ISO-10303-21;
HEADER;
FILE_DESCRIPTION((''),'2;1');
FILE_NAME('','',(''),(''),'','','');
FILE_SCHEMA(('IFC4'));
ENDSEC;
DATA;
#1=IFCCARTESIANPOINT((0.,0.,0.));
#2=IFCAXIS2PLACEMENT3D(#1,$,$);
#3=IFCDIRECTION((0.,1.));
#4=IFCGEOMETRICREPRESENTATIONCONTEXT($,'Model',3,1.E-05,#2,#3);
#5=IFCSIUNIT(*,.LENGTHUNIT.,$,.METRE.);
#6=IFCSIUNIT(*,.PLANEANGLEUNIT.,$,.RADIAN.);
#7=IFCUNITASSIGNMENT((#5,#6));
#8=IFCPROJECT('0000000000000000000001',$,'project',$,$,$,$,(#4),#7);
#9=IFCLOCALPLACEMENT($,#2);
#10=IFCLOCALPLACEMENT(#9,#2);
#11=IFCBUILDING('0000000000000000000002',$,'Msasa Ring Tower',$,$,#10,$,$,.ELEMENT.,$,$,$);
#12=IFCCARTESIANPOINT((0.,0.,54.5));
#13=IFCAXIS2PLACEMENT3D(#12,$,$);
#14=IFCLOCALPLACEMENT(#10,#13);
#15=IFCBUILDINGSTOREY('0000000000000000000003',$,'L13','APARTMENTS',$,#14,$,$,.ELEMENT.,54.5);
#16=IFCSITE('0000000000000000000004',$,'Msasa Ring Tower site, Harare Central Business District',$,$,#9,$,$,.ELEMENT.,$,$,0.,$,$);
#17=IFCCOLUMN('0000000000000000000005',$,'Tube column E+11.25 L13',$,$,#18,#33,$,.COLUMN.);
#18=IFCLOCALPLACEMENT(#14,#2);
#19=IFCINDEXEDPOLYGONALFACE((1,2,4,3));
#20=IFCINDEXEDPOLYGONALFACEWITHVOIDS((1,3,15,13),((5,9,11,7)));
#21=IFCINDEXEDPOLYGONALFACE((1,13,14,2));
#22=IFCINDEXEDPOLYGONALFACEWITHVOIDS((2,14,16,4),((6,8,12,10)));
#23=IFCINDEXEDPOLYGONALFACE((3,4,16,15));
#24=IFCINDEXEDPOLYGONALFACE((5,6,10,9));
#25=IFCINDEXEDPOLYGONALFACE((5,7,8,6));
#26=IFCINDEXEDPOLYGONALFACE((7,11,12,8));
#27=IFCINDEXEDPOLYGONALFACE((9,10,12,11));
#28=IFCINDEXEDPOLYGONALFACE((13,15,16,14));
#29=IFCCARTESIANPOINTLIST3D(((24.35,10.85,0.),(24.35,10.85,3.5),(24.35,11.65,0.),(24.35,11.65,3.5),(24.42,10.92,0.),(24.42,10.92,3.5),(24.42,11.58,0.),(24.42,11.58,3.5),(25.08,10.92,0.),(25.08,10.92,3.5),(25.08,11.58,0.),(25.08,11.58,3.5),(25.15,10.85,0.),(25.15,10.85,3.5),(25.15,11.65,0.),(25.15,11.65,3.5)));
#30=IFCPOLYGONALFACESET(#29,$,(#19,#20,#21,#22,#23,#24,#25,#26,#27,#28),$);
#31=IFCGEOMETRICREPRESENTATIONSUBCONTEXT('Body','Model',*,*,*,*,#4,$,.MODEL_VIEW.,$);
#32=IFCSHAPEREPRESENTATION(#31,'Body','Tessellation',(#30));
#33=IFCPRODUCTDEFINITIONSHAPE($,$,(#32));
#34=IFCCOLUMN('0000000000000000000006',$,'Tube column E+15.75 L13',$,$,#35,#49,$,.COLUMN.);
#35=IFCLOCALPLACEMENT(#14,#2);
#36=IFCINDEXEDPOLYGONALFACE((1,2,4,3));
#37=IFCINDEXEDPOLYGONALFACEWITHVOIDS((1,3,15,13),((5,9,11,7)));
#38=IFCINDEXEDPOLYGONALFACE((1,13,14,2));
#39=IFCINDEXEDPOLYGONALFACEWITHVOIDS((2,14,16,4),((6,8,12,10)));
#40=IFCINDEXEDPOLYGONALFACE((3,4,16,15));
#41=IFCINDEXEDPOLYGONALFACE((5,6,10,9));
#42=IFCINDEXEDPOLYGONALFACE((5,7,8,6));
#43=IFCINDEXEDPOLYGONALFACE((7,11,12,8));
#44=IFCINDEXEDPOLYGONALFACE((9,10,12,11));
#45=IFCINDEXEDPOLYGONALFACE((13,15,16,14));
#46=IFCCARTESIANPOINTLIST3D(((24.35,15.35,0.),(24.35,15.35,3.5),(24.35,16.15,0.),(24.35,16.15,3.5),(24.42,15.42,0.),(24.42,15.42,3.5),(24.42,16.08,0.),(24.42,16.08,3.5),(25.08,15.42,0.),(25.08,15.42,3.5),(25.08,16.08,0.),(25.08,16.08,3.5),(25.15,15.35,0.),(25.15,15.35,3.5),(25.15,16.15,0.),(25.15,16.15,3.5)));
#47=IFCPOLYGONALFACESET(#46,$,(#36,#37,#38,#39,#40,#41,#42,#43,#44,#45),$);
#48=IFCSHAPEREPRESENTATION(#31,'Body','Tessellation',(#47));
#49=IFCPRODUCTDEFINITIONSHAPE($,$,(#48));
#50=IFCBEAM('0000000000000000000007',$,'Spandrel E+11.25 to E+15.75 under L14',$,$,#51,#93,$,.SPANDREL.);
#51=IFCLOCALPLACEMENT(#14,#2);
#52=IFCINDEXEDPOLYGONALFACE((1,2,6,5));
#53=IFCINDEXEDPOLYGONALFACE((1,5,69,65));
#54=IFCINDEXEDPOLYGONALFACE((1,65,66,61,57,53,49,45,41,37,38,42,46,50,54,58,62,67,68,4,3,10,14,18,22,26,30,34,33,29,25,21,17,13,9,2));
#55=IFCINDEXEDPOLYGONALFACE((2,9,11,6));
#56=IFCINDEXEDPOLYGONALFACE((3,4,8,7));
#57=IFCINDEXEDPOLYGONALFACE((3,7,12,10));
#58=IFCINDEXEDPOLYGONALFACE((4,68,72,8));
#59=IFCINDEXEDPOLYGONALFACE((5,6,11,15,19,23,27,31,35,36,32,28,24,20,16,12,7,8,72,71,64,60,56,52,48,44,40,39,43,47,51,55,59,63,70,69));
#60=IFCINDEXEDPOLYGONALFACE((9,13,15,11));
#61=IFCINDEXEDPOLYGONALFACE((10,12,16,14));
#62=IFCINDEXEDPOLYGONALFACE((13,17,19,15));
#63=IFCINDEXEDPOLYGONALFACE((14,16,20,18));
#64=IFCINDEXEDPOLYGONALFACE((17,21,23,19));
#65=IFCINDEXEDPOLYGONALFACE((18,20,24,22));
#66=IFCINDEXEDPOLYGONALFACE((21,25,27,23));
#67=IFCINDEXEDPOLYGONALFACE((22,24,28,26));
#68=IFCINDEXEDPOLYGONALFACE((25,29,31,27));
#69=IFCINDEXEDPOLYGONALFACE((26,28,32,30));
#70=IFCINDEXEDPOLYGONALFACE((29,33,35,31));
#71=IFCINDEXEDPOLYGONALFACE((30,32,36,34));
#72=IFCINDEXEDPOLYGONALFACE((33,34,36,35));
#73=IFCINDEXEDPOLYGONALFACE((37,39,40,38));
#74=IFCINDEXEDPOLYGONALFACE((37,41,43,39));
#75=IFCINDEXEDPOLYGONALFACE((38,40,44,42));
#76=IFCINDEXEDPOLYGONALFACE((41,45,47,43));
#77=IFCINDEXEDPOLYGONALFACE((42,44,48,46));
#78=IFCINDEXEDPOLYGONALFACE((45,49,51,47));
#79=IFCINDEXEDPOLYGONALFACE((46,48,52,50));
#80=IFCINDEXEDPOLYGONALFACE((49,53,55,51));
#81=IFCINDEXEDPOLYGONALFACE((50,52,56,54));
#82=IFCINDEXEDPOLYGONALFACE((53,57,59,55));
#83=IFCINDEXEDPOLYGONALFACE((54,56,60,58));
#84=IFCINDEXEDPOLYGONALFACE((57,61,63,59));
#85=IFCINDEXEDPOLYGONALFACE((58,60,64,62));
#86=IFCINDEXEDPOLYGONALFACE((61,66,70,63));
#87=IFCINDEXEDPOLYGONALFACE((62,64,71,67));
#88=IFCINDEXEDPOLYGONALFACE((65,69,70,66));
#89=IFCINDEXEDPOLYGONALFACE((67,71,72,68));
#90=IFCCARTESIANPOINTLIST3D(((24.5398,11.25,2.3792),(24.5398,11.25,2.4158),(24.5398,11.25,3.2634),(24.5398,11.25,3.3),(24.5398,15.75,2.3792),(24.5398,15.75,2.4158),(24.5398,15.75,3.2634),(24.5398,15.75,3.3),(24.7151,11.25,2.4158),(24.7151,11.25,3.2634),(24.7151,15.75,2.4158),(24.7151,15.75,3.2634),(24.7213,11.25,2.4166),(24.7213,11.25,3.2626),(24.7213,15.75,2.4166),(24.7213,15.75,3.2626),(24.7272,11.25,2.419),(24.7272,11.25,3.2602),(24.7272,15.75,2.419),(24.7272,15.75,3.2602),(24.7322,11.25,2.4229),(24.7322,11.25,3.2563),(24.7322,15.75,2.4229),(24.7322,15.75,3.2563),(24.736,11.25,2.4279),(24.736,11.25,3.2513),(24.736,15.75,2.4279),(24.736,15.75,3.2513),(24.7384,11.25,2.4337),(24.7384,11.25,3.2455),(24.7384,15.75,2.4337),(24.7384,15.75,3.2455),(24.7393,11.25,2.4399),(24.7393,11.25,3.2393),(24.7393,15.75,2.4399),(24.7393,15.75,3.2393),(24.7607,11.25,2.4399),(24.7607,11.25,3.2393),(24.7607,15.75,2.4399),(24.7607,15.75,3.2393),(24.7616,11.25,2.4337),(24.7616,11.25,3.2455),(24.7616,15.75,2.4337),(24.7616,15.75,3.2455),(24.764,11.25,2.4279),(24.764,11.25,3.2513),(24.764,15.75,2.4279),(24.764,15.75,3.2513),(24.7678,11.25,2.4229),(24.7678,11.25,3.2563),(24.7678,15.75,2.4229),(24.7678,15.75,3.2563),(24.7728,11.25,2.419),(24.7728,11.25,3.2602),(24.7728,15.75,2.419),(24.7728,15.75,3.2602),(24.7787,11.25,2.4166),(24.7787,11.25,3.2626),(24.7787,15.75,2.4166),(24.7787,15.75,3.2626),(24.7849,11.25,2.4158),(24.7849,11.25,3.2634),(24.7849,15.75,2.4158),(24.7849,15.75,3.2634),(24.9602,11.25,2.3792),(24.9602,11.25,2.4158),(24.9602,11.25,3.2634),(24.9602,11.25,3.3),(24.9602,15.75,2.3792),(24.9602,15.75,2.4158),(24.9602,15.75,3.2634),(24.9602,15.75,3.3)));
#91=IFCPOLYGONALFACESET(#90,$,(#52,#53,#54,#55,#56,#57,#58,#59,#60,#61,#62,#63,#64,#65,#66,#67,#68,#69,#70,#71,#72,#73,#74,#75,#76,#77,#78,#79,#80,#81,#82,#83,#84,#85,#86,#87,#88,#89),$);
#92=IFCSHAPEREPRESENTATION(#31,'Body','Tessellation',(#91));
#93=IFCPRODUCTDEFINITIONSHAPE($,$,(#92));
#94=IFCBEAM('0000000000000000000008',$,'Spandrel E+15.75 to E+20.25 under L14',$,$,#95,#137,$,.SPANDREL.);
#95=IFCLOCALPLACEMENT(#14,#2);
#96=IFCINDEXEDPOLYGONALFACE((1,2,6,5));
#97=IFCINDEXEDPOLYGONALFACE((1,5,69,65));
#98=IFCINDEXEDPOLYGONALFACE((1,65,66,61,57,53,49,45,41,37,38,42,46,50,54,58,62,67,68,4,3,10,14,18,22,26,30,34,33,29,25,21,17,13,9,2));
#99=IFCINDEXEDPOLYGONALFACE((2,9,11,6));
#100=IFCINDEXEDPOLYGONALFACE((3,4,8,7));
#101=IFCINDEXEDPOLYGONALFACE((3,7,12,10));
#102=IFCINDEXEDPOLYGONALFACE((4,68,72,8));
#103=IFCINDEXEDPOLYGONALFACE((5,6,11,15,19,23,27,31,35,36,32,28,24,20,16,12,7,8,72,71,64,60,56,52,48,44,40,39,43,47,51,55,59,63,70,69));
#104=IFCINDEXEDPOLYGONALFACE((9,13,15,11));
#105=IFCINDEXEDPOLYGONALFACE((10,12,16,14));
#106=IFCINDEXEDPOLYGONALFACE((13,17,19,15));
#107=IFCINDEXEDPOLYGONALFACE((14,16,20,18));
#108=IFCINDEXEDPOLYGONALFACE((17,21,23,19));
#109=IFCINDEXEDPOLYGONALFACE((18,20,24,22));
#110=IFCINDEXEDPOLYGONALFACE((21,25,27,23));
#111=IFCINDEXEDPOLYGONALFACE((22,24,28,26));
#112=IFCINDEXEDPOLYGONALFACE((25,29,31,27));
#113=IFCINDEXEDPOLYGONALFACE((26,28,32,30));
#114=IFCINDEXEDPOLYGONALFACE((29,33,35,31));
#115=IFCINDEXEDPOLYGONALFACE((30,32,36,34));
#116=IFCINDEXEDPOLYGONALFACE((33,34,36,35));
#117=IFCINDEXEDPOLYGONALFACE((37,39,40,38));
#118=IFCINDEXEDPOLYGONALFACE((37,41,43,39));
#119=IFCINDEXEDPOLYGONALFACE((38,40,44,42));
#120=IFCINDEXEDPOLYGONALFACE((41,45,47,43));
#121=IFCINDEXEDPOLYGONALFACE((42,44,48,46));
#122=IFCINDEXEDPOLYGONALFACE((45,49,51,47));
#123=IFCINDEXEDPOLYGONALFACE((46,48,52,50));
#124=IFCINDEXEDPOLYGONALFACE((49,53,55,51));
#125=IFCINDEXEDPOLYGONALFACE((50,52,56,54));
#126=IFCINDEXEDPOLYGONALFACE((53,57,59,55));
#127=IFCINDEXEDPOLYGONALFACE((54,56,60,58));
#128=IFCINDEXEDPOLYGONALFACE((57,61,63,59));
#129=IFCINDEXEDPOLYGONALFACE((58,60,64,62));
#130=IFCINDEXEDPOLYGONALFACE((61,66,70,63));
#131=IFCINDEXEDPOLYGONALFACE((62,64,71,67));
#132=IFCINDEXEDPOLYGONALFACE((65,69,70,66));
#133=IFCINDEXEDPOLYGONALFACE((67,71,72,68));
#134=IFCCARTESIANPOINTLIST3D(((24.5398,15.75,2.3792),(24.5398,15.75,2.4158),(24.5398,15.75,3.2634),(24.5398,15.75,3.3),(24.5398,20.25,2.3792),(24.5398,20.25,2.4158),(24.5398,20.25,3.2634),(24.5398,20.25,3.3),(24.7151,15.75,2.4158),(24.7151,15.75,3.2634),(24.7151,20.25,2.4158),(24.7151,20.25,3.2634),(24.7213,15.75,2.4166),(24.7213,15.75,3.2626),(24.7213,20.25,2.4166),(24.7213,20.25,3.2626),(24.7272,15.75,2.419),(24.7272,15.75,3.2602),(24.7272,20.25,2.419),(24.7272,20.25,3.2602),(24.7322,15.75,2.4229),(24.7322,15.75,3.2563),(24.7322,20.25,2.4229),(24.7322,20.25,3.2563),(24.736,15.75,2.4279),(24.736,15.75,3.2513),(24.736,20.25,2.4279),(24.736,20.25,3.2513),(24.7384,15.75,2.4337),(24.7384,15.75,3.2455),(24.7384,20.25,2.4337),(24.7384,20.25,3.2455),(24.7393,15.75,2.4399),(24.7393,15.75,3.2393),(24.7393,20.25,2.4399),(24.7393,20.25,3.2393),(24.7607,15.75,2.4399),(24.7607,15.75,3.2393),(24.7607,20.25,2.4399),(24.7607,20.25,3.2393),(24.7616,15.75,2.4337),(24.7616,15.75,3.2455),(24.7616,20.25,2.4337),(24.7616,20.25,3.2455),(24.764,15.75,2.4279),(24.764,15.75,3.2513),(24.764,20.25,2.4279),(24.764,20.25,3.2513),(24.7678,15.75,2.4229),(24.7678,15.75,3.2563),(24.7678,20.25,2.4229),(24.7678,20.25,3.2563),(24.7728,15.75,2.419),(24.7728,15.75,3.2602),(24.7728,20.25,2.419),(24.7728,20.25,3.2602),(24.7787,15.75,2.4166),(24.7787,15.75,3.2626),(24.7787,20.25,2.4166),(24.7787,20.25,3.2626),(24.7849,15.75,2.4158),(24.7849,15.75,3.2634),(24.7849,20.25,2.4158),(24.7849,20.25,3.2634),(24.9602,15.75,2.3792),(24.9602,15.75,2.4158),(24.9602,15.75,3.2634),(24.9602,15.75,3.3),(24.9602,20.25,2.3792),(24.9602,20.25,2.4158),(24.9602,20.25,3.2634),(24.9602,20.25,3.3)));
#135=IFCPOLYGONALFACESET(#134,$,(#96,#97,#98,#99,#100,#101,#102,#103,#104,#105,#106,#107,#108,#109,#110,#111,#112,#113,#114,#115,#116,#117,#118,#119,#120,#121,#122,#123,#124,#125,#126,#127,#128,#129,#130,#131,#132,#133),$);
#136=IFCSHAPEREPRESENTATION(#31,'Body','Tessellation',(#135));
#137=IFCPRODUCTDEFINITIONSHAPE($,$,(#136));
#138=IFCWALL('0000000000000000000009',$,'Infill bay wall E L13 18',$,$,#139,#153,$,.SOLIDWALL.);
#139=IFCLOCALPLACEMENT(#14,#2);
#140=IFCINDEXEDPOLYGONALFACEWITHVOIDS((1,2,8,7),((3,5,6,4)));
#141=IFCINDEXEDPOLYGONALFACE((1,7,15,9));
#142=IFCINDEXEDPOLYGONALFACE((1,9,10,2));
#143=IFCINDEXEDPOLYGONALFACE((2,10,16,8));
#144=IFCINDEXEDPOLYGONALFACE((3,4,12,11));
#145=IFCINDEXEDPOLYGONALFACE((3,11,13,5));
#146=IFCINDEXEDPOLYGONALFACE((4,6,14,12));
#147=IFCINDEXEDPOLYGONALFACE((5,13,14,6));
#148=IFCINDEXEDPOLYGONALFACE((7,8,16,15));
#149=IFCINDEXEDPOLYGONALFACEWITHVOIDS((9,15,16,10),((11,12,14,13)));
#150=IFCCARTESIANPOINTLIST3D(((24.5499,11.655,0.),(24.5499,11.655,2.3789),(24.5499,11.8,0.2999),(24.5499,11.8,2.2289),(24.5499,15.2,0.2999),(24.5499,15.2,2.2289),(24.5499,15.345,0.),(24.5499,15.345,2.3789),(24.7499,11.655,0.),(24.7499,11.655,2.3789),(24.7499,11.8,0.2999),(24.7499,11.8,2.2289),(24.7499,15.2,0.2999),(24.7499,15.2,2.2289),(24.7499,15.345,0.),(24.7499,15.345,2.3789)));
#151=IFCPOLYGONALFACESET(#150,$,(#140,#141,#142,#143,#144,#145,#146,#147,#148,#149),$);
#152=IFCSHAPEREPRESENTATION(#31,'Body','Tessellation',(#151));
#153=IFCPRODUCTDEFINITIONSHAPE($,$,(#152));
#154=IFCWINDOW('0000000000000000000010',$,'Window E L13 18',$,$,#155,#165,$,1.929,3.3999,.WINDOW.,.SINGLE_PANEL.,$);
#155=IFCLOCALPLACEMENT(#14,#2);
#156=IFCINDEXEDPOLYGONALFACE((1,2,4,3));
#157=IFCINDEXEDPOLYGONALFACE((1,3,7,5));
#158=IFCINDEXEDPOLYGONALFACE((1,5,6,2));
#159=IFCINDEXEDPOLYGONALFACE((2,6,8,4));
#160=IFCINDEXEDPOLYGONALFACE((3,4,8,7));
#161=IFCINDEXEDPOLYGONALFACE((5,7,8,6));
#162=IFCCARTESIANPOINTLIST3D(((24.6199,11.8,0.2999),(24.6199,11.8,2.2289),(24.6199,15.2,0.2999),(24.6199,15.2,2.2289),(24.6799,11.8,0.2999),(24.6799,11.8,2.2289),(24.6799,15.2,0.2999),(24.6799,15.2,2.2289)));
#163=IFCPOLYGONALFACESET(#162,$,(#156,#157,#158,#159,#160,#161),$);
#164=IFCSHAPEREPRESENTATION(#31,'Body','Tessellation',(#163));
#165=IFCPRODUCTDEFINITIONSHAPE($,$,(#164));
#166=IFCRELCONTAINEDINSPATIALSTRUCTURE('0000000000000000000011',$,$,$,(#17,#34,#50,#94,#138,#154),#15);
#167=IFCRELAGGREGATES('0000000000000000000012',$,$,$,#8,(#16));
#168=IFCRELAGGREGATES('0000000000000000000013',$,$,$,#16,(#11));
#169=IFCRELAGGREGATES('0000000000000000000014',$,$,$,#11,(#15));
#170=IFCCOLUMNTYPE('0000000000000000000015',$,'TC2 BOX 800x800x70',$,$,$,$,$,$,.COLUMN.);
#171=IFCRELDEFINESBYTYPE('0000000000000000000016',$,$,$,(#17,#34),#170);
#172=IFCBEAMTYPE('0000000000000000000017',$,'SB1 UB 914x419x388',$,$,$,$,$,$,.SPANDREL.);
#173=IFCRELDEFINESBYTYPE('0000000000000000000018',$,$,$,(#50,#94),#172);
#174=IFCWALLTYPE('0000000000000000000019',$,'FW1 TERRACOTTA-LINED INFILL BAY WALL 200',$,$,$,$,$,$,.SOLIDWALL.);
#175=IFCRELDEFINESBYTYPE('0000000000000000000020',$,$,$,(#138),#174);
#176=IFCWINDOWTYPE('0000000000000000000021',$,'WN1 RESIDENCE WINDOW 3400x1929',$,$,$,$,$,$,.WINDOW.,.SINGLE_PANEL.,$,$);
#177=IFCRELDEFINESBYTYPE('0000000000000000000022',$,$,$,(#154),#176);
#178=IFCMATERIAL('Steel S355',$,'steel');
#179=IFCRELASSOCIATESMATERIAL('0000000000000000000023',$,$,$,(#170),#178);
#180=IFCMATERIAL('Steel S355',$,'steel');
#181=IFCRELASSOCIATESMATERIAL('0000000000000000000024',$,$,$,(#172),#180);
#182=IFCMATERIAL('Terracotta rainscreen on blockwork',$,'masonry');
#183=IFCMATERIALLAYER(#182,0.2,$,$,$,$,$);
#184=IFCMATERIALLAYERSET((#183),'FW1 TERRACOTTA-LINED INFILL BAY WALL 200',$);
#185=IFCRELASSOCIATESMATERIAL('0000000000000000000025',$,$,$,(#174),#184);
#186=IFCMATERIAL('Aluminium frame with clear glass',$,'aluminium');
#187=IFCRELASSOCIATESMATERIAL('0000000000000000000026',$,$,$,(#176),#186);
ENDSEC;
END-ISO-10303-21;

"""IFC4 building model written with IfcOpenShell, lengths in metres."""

from ifc_helpers import new_model, si_unit, direction, frame, frame_2d, origin, origin_2d, place, context, subcontext, project, spatial, rectangle, hollow_rectangle, i_section, extrude, material, layer, layer_set, material_profile, profile_set, type_object, element, fill, save


model = new_model("IFC4")

# Units and contexts
model_context = context("Model", 3, precision=1e-05, world=origin(), true_north=direction((0.0, 1.0)))
body_context = subcontext(model_context, "Body", "Model", "MODEL_VIEW")
ifc_project = project(units=[si_unit("LENGTHUNIT", "METRE"), si_unit("PLANEANGLEUNIT", "RADIAN")], contexts=[model_context])

# Site, building, storey
site_placement = place(None, origin())
site = spatial("IfcSite", under=ifc_project, at=site_placement, Name="Msasa Ring Tower site, Harare Central Business District", CompositionType="ELEMENT", RefElevation=0.0)
building_placement = place(site_placement, origin())
building = spatial("IfcBuilding", under=site, at=building_placement, Name="Msasa Ring Tower", CompositionType="ELEMENT")
storey_placement = place(building_placement, frame((0.0, 0.0, 54.5)))
storey = spatial("IfcBuildingStorey", under=building, at=storey_placement, Name="L13", Description="APARTMENTS", CompositionType="ELEMENT", Elevation=54.5)

# Columns
ifc_material_1 = material(Name="Steel S355", Category="steel")
ifc_material_profile_1 = material_profile(ifc_material_1, hollow_rectangle(XDim=0.8, YDim=0.8, WallThickness=0.0701, at=origin_2d()), Name="BOX 800x800x70")
ifc_profile_set_1 = profile_set([ifc_material_profile_1], Name="Steel S355")
column_type = type_object("IfcColumnType", Name="TC2 BOX 800x800x70", PredefinedType="COLUMN", material=ifc_profile_set_1)
for number, where, z_axis, x_axis, name in (
    (1, (24.75, 11.25, 0.0), (0.0, 0.0, 1.0), (1.0, 0.0, 0.0), "Tube column E+11.25 L13"),
    (2, (24.75, 15.75, 0.0), (0.0, 0.0, 1.0), (1.0, 0.0, 0.0), "Tube column E+15.75 L13"),
):
    element("IfcColumn", number, at=place(storey_placement, frame(where, z_axis=z_axis, x_axis=x_axis)), inside=storey, type_object=column_type, Name=name, PredefinedType="COLUMN", context=body_context, shape_type="SweptSolid", body=[
        extrude(hollow_rectangle(XDim=0.8, YDim=0.8, WallThickness=0.0701, at=origin_2d()), origin(), (0.0, 0.0, 1.0), 3.5),
    ])

# Beams
ifc_material_2 = material(Name="Steel S355", Category="steel")
ifc_material_profile_2 = material_profile(ifc_material_2, i_section(OverallWidth=0.4204, OverallDepth=0.9209, WebThickness=0.0215, FlangeThickness=0.0366, FilletRadius=0.0242, at=origin_2d()), Name="UB 914x419x388")
ifc_profile_set_2 = profile_set([ifc_material_profile_2], Name="Steel S355")
beam_type = type_object("IfcBeamType", Name="SB1 UB 914x419x388", PredefinedType="SPANDREL", material=ifc_profile_set_2)
for number, where, z_axis, x_axis, name in (
    (3, (24.75, 11.25, 2.8396), (0.0, 1.0, 0.0), (-1.0, 0.0, 0.0), "Spandrel E+11.25 to E+15.75 under L14"),
    (4, (24.75, 15.75, 2.8396), (0.0, 1.0, 0.0), (-1.0, 0.0, 0.0), "Spandrel E+15.75 to E+20.25 under L14"),
):
    element("IfcBeam", number, at=place(storey_placement, frame(where, z_axis=z_axis, x_axis=x_axis)), inside=storey, type_object=beam_type, Name=name, PredefinedType="SPANDREL", context=body_context, shape_type="SweptSolid", body=[
        extrude(i_section(OverallWidth=0.4204, OverallDepth=0.9209, WebThickness=0.0215, FlangeThickness=0.0366, FilletRadius=0.0242, at=origin_2d()), origin(), (0.0, 0.0, 1.0), 4.5),
    ])

# Wall, opening, window
ifc_material_3 = material(Name="Terracotta rainscreen on blockwork", Category="masonry")
ifc_layer_1 = layer(ifc_material_3, 0.2)
ifc_layer_set_1 = layer_set([ifc_layer_1], Name="FW1 TERRACOTTA-LINED INFILL BAY WALL 200")
wall_type_1 = type_object("IfcWallType", Name="FW1 TERRACOTTA-LINED INFILL BAY WALL 200", PredefinedType="SOLIDWALL", material=ifc_layer_set_1)
wall_1_placement = place(storey_placement, frame((24.6499, 11.655, 0.0), z_axis=(0.0, 0.0, 1.0), x_axis=(0.0, 1.0, 0.0)))
wall_1 = element("IfcWall", 5, at=wall_1_placement, inside=storey, type_object=wall_type_1, Name="Infill bay wall E L13 18", PredefinedType="SOLIDWALL", context=body_context, shape_type="SweptSolid", body=[
    extrude(rectangle(XDim=3.6899, YDim=0.2, at=frame_2d((1.845, 0.0))), origin(), (0.0, 0.0, 1.0), 2.3789),
])
opening_1_placement = place(wall_1_placement, frame((0.145, 0.0, 0.3)))
opening_1 = element("IfcOpeningElement", 6, at=opening_1_placement, cuts=wall_1, PredefinedType="OPENING", context=body_context, shape_type="SweptSolid", body=[
    extrude(rectangle(XDim=3.3999, YDim=1.929, at=frame_2d((1.7, 0.9644))), frame((0.0, 0.1099, 0.0), z_axis=(0.0, -1.0, 0.0), x_axis=(1.0, 0.0, 0.0)), (0.0, 0.0, 1.0), 0.22),
])
ifc_material_4 = material(Name="Aluminium frame with clear glass", Category="aluminium")
window_type = type_object("IfcWindowType", Name="WN1 RESIDENCE WINDOW 3400x1929", PartitioningType="SINGLE_PANEL", PredefinedType="WINDOW", material=ifc_material_4)
window_1_placement = place(opening_1_placement, origin())
window_1 = element("IfcWindow", 7, at=window_1_placement, inside=storey, type_object=window_type, Name="Window E L13 18", OverallHeight=1.929, OverallWidth=3.3999, PartitioningType="SINGLE_PANEL", PredefinedType="WINDOW", context=body_context, shape_type="SweptSolid", body=[
    extrude(rectangle(XDim=3.3999, YDim=1.929, at=frame_2d((1.7, 0.9644))), frame((0.0, 0.03, 0.0), z_axis=(0.0, -1.0, 0.0), x_axis=(1.0, 0.0, 0.0)), (0.0, 0.0, 1.0), 0.0601),
])
fill(opening_1, window_1)

save(model, "model.ifc")
